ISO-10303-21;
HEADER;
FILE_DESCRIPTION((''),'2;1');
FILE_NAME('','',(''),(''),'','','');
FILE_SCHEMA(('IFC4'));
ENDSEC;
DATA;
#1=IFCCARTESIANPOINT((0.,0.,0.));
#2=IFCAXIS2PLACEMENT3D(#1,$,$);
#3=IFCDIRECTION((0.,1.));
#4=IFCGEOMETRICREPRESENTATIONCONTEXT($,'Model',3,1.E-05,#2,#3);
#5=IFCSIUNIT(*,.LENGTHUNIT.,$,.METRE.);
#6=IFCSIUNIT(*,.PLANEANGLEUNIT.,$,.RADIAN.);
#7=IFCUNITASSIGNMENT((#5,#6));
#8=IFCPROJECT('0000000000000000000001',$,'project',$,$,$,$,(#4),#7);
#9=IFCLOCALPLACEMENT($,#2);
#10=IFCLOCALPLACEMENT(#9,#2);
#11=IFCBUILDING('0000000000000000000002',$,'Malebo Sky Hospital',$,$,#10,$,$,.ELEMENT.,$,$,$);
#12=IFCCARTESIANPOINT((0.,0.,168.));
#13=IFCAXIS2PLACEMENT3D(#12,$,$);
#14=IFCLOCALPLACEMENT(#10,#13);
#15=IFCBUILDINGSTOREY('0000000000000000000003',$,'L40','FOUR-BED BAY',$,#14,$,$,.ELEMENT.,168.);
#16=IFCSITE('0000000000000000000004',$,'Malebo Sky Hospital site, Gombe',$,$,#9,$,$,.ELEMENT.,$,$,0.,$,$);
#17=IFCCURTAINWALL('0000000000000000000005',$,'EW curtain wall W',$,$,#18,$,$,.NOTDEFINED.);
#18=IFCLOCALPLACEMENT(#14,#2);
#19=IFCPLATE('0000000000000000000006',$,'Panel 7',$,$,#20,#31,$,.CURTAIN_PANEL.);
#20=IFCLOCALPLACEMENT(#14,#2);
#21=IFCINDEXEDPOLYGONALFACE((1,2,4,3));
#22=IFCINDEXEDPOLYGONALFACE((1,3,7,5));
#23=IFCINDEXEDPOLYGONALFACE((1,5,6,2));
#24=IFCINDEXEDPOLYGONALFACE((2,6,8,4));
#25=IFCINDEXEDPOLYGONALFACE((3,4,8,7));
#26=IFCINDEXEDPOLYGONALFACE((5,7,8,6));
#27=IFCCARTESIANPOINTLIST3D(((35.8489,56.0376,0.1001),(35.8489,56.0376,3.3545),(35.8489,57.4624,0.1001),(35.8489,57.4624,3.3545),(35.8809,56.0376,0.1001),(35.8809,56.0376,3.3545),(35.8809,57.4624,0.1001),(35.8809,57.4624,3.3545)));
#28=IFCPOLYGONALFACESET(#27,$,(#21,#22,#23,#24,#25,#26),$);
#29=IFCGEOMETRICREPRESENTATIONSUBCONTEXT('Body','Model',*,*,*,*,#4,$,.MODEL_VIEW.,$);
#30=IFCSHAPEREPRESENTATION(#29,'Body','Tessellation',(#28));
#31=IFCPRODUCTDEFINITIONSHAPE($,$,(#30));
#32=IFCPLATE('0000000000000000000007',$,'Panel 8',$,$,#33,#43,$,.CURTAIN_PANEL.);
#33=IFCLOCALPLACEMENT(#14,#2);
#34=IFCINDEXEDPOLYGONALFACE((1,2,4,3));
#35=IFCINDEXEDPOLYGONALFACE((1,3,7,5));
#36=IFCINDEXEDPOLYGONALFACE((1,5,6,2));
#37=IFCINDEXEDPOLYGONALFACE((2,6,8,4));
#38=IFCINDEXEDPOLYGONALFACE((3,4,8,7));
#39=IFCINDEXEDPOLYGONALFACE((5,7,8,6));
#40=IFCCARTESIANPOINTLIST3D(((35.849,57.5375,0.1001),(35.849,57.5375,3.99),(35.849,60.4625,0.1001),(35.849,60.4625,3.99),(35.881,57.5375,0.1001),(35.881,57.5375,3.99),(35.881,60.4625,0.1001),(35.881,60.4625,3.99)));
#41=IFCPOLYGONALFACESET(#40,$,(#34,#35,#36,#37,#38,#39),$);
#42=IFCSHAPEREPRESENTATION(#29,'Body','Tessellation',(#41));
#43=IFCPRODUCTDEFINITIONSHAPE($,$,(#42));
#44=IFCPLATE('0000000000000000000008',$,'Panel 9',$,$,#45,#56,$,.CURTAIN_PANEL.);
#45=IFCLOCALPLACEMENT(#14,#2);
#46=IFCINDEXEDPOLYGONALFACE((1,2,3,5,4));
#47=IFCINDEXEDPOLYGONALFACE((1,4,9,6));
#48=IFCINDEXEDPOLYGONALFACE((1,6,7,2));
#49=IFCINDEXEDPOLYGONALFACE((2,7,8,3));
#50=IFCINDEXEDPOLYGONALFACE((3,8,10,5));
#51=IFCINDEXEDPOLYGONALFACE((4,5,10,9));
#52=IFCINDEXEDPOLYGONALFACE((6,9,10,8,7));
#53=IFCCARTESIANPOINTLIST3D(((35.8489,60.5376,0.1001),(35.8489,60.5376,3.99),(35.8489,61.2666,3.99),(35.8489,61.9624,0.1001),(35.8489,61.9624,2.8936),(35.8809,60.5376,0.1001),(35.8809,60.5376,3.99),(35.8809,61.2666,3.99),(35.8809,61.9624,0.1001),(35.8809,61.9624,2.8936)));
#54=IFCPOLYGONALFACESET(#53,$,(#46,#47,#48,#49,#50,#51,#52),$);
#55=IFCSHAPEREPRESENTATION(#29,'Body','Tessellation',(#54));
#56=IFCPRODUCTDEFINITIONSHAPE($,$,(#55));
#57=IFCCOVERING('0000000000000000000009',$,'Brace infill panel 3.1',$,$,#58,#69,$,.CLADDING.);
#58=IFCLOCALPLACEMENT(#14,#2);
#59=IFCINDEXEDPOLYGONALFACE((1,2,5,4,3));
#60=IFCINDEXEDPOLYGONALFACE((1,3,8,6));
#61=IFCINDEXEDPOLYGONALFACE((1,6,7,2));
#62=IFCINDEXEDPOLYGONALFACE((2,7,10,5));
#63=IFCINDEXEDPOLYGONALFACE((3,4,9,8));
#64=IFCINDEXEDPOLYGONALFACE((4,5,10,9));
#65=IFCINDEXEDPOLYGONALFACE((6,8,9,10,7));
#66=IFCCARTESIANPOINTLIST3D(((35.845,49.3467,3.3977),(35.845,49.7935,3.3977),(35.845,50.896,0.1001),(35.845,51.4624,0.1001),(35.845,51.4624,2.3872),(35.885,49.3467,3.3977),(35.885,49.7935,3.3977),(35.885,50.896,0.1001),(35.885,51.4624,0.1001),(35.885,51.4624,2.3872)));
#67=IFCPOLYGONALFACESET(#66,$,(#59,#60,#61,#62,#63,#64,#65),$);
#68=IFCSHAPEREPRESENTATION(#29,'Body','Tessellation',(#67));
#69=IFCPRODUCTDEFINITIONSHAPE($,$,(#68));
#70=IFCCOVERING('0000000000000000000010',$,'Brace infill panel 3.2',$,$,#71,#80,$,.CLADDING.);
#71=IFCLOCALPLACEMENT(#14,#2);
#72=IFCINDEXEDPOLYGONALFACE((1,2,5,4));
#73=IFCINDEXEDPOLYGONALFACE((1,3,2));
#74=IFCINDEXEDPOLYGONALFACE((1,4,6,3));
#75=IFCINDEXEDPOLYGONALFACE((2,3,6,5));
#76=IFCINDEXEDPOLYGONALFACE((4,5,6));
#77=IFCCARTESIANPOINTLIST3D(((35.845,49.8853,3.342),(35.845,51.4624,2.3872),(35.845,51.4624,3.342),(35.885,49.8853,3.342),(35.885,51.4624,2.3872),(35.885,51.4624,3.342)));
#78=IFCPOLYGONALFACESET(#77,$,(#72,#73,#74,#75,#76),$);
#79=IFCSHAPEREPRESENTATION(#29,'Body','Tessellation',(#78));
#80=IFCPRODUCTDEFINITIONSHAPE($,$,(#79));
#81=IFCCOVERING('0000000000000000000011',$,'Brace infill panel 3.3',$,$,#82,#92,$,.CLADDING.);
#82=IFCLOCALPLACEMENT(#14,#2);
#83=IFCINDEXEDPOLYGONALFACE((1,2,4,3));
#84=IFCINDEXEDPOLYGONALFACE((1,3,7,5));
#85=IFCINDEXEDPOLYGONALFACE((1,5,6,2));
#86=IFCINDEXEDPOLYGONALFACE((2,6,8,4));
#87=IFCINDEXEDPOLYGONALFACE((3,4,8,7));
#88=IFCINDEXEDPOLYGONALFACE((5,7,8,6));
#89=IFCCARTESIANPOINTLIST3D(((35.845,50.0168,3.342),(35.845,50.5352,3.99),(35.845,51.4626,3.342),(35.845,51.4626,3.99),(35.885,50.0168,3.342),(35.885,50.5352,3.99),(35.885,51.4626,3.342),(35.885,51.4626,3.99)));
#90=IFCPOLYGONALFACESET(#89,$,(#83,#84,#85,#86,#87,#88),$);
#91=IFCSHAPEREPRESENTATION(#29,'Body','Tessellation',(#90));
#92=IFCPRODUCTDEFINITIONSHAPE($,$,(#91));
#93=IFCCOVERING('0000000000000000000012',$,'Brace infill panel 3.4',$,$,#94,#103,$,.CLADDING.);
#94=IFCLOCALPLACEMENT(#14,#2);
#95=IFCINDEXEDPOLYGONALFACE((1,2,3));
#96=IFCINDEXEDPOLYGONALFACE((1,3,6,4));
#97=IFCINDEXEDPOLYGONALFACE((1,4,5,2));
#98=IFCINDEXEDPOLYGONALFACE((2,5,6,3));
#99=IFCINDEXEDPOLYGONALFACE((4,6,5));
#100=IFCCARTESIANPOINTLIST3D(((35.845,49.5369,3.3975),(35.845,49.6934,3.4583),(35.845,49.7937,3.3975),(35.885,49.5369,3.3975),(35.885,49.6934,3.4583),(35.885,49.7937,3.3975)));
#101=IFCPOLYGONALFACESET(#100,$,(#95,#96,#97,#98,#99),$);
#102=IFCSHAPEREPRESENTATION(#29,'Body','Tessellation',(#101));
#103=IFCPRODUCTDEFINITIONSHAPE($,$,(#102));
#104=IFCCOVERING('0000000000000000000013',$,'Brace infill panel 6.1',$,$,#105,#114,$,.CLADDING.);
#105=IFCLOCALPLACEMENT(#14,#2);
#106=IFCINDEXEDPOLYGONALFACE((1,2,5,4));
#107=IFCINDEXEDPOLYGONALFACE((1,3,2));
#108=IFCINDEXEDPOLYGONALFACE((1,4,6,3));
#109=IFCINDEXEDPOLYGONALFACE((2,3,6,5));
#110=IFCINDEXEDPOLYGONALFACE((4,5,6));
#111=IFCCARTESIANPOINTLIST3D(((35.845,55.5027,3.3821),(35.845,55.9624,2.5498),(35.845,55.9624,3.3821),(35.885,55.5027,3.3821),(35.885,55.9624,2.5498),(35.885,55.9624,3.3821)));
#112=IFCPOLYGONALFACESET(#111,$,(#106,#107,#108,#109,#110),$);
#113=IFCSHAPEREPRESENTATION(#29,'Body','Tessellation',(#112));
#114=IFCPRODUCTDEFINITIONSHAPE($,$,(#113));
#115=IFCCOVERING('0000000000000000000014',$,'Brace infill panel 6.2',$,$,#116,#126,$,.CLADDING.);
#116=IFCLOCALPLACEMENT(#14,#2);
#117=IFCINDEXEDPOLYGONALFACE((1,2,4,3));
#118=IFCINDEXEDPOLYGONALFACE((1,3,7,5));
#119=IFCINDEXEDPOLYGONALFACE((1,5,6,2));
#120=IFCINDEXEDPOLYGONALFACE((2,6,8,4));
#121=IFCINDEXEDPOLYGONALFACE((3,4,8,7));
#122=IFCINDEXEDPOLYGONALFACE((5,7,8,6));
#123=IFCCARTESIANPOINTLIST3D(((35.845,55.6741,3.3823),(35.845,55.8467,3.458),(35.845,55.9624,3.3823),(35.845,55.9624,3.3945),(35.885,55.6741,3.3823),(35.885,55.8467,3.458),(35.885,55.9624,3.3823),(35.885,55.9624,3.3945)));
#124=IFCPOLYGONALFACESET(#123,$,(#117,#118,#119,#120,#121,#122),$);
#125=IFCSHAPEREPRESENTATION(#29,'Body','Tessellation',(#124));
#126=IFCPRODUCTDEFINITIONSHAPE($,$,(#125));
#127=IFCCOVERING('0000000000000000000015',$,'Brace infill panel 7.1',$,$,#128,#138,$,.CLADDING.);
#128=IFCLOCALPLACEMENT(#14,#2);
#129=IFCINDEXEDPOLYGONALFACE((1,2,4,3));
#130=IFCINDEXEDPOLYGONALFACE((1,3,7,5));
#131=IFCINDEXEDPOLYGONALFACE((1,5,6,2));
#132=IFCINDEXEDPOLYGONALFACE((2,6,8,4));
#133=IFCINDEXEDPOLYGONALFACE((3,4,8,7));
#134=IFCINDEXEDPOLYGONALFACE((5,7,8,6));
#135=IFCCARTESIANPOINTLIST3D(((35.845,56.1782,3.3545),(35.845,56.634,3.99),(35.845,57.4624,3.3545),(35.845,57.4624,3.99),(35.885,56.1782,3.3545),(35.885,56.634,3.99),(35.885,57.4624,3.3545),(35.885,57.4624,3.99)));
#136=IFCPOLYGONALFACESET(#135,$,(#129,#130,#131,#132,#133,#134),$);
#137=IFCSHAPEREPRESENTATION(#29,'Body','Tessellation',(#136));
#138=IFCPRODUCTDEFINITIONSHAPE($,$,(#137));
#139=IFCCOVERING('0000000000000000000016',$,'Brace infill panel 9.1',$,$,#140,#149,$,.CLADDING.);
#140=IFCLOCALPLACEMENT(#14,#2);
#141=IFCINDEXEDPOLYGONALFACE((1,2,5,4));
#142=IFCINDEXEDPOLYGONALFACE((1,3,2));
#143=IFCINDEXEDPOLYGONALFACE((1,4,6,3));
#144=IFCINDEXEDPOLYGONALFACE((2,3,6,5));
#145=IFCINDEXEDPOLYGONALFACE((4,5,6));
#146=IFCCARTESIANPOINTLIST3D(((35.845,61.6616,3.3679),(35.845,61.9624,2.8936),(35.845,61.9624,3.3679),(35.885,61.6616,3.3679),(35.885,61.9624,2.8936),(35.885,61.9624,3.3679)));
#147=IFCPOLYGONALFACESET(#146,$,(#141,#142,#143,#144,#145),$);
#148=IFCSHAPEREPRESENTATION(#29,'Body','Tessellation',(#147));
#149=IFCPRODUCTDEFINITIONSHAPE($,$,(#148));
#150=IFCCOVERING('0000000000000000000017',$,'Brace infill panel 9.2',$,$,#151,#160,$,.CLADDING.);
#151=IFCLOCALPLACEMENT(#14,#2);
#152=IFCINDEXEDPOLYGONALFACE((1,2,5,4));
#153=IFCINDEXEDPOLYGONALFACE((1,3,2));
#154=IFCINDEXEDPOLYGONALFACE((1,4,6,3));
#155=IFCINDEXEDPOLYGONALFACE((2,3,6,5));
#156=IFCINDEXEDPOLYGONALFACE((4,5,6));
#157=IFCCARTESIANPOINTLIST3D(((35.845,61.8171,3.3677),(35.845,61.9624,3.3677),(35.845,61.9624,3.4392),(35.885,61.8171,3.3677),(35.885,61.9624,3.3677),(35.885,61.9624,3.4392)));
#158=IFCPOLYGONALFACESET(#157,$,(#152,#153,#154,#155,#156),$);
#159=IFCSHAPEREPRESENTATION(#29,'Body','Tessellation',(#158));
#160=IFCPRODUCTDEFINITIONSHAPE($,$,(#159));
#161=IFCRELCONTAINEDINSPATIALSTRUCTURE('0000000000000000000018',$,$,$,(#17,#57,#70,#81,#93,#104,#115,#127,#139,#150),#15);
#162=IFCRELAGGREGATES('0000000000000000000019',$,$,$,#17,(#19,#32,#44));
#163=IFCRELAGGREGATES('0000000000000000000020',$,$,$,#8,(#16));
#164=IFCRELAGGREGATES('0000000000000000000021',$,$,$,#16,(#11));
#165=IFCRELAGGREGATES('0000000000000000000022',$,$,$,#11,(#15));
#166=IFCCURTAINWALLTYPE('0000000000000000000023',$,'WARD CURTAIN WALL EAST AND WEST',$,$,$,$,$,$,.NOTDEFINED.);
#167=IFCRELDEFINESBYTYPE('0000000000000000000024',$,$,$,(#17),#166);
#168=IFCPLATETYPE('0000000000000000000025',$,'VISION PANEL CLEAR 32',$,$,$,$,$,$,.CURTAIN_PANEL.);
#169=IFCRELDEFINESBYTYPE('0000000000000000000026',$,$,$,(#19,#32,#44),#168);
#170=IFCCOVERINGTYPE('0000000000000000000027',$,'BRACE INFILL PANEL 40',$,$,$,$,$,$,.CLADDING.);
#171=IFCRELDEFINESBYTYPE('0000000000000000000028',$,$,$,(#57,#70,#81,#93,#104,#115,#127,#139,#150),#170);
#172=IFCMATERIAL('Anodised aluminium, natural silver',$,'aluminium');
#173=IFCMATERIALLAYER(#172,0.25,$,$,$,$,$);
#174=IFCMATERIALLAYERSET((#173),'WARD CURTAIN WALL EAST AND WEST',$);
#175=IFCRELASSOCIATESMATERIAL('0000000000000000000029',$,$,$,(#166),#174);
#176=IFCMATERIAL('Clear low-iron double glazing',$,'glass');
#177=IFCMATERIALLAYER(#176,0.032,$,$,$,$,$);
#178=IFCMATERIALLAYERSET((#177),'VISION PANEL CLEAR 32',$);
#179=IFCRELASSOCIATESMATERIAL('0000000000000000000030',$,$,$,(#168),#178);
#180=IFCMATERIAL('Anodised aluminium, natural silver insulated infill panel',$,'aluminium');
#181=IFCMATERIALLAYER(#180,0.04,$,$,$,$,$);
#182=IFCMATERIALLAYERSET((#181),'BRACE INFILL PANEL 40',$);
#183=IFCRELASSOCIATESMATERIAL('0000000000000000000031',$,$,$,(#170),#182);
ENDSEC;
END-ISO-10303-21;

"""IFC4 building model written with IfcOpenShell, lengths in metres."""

from ifc_helpers import new_model, si_unit, direction, frame, origin, origin_2d, place, context, subcontext, project, spatial, polyline, rectangle, outline, extrude, material, layer, layer_set, type_object, element, aggregate, save


model = new_model("IFC4")

# Units and contexts
model_context = context("Model", 3, precision=1e-05, world=origin(), true_north=direction((0.0, 1.0)))
body_context = subcontext(model_context, "Body", "Model", "MODEL_VIEW")
ifc_project = project(units=[si_unit("LENGTHUNIT", "METRE"), si_unit("PLANEANGLEUNIT", "RADIAN")], contexts=[model_context])

# Site, building, storey
site_placement = place(None, origin())
site = spatial("IfcSite", under=ifc_project, at=site_placement, Name="Malebo Sky Hospital site, Gombe", CompositionType="ELEMENT", RefElevation=0.0)
building_placement = place(site_placement, origin())
building = spatial("IfcBuilding", under=site, at=building_placement, Name="Malebo Sky Hospital", CompositionType="ELEMENT")
storey_placement = place(building_placement, frame((0.0, 0.0, 168.0)))
storey = spatial("IfcBuildingStorey", under=building, at=storey_placement, Name="L40", Description="FOUR-BED BAY", CompositionType="ELEMENT", Elevation=168.0)

# Curtain wall
ifc_material_1 = material(Name="Anodised aluminium, natural silver", Category="aluminium")
ifc_layer_1 = layer(ifc_material_1, 0.25)
ifc_layer_set_1 = layer_set([ifc_layer_1], Name="WARD CURTAIN WALL EAST AND WEST")
curtain_wall_type = type_object("IfcCurtainWallType", Name="WARD CURTAIN WALL EAST AND WEST", PredefinedType="NOTDEFINED", material=ifc_layer_set_1)
curtain_wall_placement = place(storey_placement, origin())
curtain_wall = element("IfcCurtainWall", 1, at=curtain_wall_placement, inside=storey, type_object=curtain_wall_type, Name="EW curtain wall W", PredefinedType="NOTDEFINED")

# Plates
ifc_material_2 = material(Name="Clear low-iron double glazing", Category="glass")
ifc_layer_2 = layer(ifc_material_2, 0.032)
ifc_layer_set_2 = layer_set([ifc_layer_2], Name="VISION PANEL CLEAR 32")
plate_type = type_object("IfcPlateType", Name="VISION PANEL CLEAR 32", PredefinedType="CURTAIN_PANEL", material=ifc_layer_set_2)
plate_1_placement = place(storey_placement, frame((35.865, 56.75, 0.1001), z_axis=(0.0, 0.0, 1.0), x_axis=(0.0, 1.0, 0.0)))
plate_1 = element("IfcPlate", 2, at=plate_1_placement, type_object=plate_type, Name="Panel 7", PredefinedType="CURTAIN_PANEL", context=body_context, shape_type="SweptSolid", body=[
    extrude(outline(polyline([(-0.7124, 0.0), (0.7124, 0.0), (0.7124, 3.2544), (-0.7124, 3.2544), (-0.7124, 0.0)])), frame((0.0, 0.0161, 0.0), z_axis=(0.0, -1.0, 0.0), x_axis=(1.0, 0.0, 0.0)), (0.0, 0.0, 1.0), 0.032),
])
plate_2_placement = place(storey_placement, frame((35.865, 59.0, 0.1001), z_axis=(0.0, 0.0, 1.0), x_axis=(0.0, 1.0, 0.0)))
plate_2 = element("IfcPlate", 3, at=plate_2_placement, type_object=plate_type, Name="Panel 8", PredefinedType="CURTAIN_PANEL", context=body_context, shape_type="SweptSolid", body=[
    extrude(rectangle(XDim=2.925, YDim=0.032, at=origin_2d()), origin(), (0.0, 0.0, 1.0), 3.8899),
])
plate_3_placement = place(storey_placement, frame((35.865, 61.25, 0.1001), z_axis=(0.0, 0.0, 1.0), x_axis=(0.0, 1.0, 0.0)))
plate_3 = element("IfcPlate", 4, at=plate_3_placement, type_object=plate_type, Name="Panel 9", PredefinedType="CURTAIN_PANEL", context=body_context, shape_type="SweptSolid", body=[
    extrude(outline(polyline([(-0.7124, 0.0), (0.7124, 0.0), (0.7124, 2.7935), (0.0166, 3.8899), (-0.7124, 3.8899), (-0.7124, 0.0)])), frame((0.0, 0.0161, 0.0), z_axis=(0.0, -1.0, 0.0), x_axis=(1.0, 0.0, 0.0)), (0.0, 0.0, 1.0), 0.032),
])
aggregate(curtain_wall, [plate_1, plate_2, plate_3])

# Coverings
ifc_material_3 = material(Name="Anodised aluminium, natural silver insulated infill panel", Category="aluminium")
ifc_layer_3 = layer(ifc_material_3, 0.04)
ifc_layer_set_3 = layer_set([ifc_layer_3], Name="BRACE INFILL PANEL 40")
covering_type = type_object("IfcCoveringType", Name="BRACE INFILL PANEL 40", PredefinedType="CLADDING", material=ifc_layer_set_3)
covering_1_placement = place(storey_placement, frame((35.865, 50.4045, 0.1001), z_axis=(0.0, 0.0, 1.0), x_axis=(0.0, 1.0, 0.0)))
element("IfcCovering", 5, at=covering_1_placement, inside=storey, type_object=covering_type, Name="Brace infill panel 3.1", PredefinedType="CLADDING", context=body_context, shape_type="SweptSolid", body=[
    extrude(outline(polyline([(0.4915, 0.0), (1.0579, 0.0), (1.0579, 2.2871), (-0.6111, 3.2976), (-1.0579, 3.2976), (0.4915, 0.0)])), frame((0.0, 0.02, 0.0), z_axis=(0.0, -1.0, 0.0), x_axis=(1.0, 0.0, 0.0)), (0.0, 0.0, 1.0), 0.04),
])
covering_2_placement = place(storey_placement, frame((35.865, 50.6738, 2.3872), z_axis=(0.0, 0.0, 1.0), x_axis=(0.0, 1.0, 0.0)))
element("IfcCovering", 6, at=covering_2_placement, inside=storey, type_object=covering_type, Name="Brace infill panel 3.2", PredefinedType="CLADDING", context=body_context, shape_type="SweptSolid", body=[
    extrude(outline(polyline([(0.7886, 0.0), (0.7886, 0.9548), (-0.7886, 0.9548), (0.7886, 0.0)])), frame((0.0, 0.02, 0.0), z_axis=(0.0, -1.0, 0.0), x_axis=(1.0, 0.0, 0.0)), (0.0, 0.0, 1.0), 0.04),
])
covering_3_placement = place(storey_placement, frame((35.865, 50.7397, 3.342), z_axis=(0.0, 0.0, 1.0), x_axis=(0.0, 1.0, 0.0)))
element("IfcCovering", 7, at=covering_3_placement, inside=storey, type_object=covering_type, Name="Brace infill panel 3.3", PredefinedType="CLADDING", context=body_context, shape_type="SweptSolid", body=[
    extrude(outline(polyline([(-0.7229, 0.0), (0.7229, 0.0), (0.7229, 0.6479), (-0.2046, 0.6479), (-0.7229, 0.0)])), frame((0.0, 0.02, 0.0), z_axis=(0.0, -1.0, 0.0), x_axis=(1.0, 0.0, 0.0)), (0.0, 0.0, 1.0), 0.04),
])
covering_4_placement = place(storey_placement, frame((35.865, 49.6653, 3.3975), z_axis=(0.0, 0.0, 1.0), x_axis=(0.0, 1.0, 0.0)))
element("IfcCovering", 8, at=covering_4_placement, inside=storey, type_object=covering_type, Name="Brace infill panel 3.4", PredefinedType="CLADDING", context=body_context, shape_type="SweptSolid", body=[
    extrude(outline(polyline([(-0.1284, 0.0), (0.1284, 0.0), (0.0281, 0.0608), (-0.1284, 0.0)])), frame((0.0, 0.02, 0.0), z_axis=(0.0, -1.0, 0.0), x_axis=(1.0, 0.0, 0.0)), (0.0, 0.0, 1.0), 0.04),
])
covering_5_placement = place(storey_placement, frame((35.865, 55.7327, 2.5498), z_axis=(0.0, 0.0, 1.0), x_axis=(0.0, 1.0, 0.0)))
element("IfcCovering", 9, at=covering_5_placement, inside=storey, type_object=covering_type, Name="Brace infill panel 6.1", PredefinedType="CLADDING", context=body_context, shape_type="SweptSolid", body=[
    extrude(outline(polyline([(0.2297, 0.0), (0.2297, 0.8323), (-0.23, 0.8323), (0.2297, 0.0)])), frame((0.0, 0.02, 0.0), z_axis=(0.0, -1.0, 0.0), x_axis=(1.0, 0.0, 0.0)), (0.0, 0.0, 1.0), 0.04),
])
covering_6_placement = place(storey_placement, frame((35.865, 55.8184, 3.3823), z_axis=(0.0, 0.0, 1.0), x_axis=(0.0, 1.0, 0.0)))
element("IfcCovering", 10, at=covering_6_placement, inside=storey, type_object=covering_type, Name="Brace infill panel 6.2", PredefinedType="CLADDING", context=body_context, shape_type="SweptSolid", body=[
    extrude(outline(polyline([(-0.1443, 0.0), (0.144, 0.0), (0.144, 0.0122), (0.0283, 0.0757), (-0.1443, 0.0)])), frame((0.0, 0.02, 0.0), z_axis=(0.0, -1.0, 0.0), x_axis=(1.0, 0.0, 0.0)), (0.0, 0.0, 1.0), 0.04),
])
covering_7_placement = place(storey_placement, frame((35.865, 56.8203, 3.3545), z_axis=(0.0, 0.0, 1.0), x_axis=(0.0, 1.0, 0.0)))
element("IfcCovering", 11, at=covering_7_placement, inside=storey, type_object=covering_type, Name="Brace infill panel 7.1", PredefinedType="CLADDING", context=body_context, shape_type="SweptSolid", body=[
    extrude(outline(polyline([(-0.6421, 0.0), (0.6421, 0.0), (0.6421, 0.6355), (-0.1863, 0.6355), (-0.6421, 0.0)])), frame((0.0, 0.02, 0.0), z_axis=(0.0, -1.0, 0.0), x_axis=(1.0, 0.0, 0.0)), (0.0, 0.0, 1.0), 0.04),
])
covering_8_placement = place(storey_placement, frame((35.865, 61.812, 2.8936), z_axis=(0.0, 0.0, 1.0), x_axis=(0.0, 1.0, 0.0)))
element("IfcCovering", 12, at=covering_8_placement, inside=storey, type_object=covering_type, Name="Brace infill panel 9.1", PredefinedType="CLADDING", context=body_context, shape_type="SweptSolid", body=[
    extrude(outline(polyline([(0.1504, 0.0), (0.1504, 0.4744), (-0.1504, 0.4744), (0.1504, 0.0)])), frame((0.0, 0.02, 0.0), z_axis=(0.0, -1.0, 0.0), x_axis=(1.0, 0.0, 0.0)), (0.0, 0.0, 1.0), 0.04),
])
covering_9_placement = place(storey_placement, frame((35.865, 61.8899, 3.3677), z_axis=(0.0, 0.0, 1.0), x_axis=(0.0, 1.0, 0.0)))
element("IfcCovering", 13, at=covering_9_placement, inside=storey, type_object=covering_type, Name="Brace infill panel 9.2", PredefinedType="CLADDING", context=body_context, shape_type="SweptSolid", body=[
    extrude(outline(polyline([(-0.0728, 0.0), (0.0725, 0.0), (0.0725, 0.0715), (-0.0728, 0.0)])), frame((0.0, 0.02, 0.0), z_axis=(0.0, -1.0, 0.0), x_axis=(1.0, 0.0, 0.0)), (0.0, 0.0, 1.0), 0.04),
])

save(model, "model.ifc")
